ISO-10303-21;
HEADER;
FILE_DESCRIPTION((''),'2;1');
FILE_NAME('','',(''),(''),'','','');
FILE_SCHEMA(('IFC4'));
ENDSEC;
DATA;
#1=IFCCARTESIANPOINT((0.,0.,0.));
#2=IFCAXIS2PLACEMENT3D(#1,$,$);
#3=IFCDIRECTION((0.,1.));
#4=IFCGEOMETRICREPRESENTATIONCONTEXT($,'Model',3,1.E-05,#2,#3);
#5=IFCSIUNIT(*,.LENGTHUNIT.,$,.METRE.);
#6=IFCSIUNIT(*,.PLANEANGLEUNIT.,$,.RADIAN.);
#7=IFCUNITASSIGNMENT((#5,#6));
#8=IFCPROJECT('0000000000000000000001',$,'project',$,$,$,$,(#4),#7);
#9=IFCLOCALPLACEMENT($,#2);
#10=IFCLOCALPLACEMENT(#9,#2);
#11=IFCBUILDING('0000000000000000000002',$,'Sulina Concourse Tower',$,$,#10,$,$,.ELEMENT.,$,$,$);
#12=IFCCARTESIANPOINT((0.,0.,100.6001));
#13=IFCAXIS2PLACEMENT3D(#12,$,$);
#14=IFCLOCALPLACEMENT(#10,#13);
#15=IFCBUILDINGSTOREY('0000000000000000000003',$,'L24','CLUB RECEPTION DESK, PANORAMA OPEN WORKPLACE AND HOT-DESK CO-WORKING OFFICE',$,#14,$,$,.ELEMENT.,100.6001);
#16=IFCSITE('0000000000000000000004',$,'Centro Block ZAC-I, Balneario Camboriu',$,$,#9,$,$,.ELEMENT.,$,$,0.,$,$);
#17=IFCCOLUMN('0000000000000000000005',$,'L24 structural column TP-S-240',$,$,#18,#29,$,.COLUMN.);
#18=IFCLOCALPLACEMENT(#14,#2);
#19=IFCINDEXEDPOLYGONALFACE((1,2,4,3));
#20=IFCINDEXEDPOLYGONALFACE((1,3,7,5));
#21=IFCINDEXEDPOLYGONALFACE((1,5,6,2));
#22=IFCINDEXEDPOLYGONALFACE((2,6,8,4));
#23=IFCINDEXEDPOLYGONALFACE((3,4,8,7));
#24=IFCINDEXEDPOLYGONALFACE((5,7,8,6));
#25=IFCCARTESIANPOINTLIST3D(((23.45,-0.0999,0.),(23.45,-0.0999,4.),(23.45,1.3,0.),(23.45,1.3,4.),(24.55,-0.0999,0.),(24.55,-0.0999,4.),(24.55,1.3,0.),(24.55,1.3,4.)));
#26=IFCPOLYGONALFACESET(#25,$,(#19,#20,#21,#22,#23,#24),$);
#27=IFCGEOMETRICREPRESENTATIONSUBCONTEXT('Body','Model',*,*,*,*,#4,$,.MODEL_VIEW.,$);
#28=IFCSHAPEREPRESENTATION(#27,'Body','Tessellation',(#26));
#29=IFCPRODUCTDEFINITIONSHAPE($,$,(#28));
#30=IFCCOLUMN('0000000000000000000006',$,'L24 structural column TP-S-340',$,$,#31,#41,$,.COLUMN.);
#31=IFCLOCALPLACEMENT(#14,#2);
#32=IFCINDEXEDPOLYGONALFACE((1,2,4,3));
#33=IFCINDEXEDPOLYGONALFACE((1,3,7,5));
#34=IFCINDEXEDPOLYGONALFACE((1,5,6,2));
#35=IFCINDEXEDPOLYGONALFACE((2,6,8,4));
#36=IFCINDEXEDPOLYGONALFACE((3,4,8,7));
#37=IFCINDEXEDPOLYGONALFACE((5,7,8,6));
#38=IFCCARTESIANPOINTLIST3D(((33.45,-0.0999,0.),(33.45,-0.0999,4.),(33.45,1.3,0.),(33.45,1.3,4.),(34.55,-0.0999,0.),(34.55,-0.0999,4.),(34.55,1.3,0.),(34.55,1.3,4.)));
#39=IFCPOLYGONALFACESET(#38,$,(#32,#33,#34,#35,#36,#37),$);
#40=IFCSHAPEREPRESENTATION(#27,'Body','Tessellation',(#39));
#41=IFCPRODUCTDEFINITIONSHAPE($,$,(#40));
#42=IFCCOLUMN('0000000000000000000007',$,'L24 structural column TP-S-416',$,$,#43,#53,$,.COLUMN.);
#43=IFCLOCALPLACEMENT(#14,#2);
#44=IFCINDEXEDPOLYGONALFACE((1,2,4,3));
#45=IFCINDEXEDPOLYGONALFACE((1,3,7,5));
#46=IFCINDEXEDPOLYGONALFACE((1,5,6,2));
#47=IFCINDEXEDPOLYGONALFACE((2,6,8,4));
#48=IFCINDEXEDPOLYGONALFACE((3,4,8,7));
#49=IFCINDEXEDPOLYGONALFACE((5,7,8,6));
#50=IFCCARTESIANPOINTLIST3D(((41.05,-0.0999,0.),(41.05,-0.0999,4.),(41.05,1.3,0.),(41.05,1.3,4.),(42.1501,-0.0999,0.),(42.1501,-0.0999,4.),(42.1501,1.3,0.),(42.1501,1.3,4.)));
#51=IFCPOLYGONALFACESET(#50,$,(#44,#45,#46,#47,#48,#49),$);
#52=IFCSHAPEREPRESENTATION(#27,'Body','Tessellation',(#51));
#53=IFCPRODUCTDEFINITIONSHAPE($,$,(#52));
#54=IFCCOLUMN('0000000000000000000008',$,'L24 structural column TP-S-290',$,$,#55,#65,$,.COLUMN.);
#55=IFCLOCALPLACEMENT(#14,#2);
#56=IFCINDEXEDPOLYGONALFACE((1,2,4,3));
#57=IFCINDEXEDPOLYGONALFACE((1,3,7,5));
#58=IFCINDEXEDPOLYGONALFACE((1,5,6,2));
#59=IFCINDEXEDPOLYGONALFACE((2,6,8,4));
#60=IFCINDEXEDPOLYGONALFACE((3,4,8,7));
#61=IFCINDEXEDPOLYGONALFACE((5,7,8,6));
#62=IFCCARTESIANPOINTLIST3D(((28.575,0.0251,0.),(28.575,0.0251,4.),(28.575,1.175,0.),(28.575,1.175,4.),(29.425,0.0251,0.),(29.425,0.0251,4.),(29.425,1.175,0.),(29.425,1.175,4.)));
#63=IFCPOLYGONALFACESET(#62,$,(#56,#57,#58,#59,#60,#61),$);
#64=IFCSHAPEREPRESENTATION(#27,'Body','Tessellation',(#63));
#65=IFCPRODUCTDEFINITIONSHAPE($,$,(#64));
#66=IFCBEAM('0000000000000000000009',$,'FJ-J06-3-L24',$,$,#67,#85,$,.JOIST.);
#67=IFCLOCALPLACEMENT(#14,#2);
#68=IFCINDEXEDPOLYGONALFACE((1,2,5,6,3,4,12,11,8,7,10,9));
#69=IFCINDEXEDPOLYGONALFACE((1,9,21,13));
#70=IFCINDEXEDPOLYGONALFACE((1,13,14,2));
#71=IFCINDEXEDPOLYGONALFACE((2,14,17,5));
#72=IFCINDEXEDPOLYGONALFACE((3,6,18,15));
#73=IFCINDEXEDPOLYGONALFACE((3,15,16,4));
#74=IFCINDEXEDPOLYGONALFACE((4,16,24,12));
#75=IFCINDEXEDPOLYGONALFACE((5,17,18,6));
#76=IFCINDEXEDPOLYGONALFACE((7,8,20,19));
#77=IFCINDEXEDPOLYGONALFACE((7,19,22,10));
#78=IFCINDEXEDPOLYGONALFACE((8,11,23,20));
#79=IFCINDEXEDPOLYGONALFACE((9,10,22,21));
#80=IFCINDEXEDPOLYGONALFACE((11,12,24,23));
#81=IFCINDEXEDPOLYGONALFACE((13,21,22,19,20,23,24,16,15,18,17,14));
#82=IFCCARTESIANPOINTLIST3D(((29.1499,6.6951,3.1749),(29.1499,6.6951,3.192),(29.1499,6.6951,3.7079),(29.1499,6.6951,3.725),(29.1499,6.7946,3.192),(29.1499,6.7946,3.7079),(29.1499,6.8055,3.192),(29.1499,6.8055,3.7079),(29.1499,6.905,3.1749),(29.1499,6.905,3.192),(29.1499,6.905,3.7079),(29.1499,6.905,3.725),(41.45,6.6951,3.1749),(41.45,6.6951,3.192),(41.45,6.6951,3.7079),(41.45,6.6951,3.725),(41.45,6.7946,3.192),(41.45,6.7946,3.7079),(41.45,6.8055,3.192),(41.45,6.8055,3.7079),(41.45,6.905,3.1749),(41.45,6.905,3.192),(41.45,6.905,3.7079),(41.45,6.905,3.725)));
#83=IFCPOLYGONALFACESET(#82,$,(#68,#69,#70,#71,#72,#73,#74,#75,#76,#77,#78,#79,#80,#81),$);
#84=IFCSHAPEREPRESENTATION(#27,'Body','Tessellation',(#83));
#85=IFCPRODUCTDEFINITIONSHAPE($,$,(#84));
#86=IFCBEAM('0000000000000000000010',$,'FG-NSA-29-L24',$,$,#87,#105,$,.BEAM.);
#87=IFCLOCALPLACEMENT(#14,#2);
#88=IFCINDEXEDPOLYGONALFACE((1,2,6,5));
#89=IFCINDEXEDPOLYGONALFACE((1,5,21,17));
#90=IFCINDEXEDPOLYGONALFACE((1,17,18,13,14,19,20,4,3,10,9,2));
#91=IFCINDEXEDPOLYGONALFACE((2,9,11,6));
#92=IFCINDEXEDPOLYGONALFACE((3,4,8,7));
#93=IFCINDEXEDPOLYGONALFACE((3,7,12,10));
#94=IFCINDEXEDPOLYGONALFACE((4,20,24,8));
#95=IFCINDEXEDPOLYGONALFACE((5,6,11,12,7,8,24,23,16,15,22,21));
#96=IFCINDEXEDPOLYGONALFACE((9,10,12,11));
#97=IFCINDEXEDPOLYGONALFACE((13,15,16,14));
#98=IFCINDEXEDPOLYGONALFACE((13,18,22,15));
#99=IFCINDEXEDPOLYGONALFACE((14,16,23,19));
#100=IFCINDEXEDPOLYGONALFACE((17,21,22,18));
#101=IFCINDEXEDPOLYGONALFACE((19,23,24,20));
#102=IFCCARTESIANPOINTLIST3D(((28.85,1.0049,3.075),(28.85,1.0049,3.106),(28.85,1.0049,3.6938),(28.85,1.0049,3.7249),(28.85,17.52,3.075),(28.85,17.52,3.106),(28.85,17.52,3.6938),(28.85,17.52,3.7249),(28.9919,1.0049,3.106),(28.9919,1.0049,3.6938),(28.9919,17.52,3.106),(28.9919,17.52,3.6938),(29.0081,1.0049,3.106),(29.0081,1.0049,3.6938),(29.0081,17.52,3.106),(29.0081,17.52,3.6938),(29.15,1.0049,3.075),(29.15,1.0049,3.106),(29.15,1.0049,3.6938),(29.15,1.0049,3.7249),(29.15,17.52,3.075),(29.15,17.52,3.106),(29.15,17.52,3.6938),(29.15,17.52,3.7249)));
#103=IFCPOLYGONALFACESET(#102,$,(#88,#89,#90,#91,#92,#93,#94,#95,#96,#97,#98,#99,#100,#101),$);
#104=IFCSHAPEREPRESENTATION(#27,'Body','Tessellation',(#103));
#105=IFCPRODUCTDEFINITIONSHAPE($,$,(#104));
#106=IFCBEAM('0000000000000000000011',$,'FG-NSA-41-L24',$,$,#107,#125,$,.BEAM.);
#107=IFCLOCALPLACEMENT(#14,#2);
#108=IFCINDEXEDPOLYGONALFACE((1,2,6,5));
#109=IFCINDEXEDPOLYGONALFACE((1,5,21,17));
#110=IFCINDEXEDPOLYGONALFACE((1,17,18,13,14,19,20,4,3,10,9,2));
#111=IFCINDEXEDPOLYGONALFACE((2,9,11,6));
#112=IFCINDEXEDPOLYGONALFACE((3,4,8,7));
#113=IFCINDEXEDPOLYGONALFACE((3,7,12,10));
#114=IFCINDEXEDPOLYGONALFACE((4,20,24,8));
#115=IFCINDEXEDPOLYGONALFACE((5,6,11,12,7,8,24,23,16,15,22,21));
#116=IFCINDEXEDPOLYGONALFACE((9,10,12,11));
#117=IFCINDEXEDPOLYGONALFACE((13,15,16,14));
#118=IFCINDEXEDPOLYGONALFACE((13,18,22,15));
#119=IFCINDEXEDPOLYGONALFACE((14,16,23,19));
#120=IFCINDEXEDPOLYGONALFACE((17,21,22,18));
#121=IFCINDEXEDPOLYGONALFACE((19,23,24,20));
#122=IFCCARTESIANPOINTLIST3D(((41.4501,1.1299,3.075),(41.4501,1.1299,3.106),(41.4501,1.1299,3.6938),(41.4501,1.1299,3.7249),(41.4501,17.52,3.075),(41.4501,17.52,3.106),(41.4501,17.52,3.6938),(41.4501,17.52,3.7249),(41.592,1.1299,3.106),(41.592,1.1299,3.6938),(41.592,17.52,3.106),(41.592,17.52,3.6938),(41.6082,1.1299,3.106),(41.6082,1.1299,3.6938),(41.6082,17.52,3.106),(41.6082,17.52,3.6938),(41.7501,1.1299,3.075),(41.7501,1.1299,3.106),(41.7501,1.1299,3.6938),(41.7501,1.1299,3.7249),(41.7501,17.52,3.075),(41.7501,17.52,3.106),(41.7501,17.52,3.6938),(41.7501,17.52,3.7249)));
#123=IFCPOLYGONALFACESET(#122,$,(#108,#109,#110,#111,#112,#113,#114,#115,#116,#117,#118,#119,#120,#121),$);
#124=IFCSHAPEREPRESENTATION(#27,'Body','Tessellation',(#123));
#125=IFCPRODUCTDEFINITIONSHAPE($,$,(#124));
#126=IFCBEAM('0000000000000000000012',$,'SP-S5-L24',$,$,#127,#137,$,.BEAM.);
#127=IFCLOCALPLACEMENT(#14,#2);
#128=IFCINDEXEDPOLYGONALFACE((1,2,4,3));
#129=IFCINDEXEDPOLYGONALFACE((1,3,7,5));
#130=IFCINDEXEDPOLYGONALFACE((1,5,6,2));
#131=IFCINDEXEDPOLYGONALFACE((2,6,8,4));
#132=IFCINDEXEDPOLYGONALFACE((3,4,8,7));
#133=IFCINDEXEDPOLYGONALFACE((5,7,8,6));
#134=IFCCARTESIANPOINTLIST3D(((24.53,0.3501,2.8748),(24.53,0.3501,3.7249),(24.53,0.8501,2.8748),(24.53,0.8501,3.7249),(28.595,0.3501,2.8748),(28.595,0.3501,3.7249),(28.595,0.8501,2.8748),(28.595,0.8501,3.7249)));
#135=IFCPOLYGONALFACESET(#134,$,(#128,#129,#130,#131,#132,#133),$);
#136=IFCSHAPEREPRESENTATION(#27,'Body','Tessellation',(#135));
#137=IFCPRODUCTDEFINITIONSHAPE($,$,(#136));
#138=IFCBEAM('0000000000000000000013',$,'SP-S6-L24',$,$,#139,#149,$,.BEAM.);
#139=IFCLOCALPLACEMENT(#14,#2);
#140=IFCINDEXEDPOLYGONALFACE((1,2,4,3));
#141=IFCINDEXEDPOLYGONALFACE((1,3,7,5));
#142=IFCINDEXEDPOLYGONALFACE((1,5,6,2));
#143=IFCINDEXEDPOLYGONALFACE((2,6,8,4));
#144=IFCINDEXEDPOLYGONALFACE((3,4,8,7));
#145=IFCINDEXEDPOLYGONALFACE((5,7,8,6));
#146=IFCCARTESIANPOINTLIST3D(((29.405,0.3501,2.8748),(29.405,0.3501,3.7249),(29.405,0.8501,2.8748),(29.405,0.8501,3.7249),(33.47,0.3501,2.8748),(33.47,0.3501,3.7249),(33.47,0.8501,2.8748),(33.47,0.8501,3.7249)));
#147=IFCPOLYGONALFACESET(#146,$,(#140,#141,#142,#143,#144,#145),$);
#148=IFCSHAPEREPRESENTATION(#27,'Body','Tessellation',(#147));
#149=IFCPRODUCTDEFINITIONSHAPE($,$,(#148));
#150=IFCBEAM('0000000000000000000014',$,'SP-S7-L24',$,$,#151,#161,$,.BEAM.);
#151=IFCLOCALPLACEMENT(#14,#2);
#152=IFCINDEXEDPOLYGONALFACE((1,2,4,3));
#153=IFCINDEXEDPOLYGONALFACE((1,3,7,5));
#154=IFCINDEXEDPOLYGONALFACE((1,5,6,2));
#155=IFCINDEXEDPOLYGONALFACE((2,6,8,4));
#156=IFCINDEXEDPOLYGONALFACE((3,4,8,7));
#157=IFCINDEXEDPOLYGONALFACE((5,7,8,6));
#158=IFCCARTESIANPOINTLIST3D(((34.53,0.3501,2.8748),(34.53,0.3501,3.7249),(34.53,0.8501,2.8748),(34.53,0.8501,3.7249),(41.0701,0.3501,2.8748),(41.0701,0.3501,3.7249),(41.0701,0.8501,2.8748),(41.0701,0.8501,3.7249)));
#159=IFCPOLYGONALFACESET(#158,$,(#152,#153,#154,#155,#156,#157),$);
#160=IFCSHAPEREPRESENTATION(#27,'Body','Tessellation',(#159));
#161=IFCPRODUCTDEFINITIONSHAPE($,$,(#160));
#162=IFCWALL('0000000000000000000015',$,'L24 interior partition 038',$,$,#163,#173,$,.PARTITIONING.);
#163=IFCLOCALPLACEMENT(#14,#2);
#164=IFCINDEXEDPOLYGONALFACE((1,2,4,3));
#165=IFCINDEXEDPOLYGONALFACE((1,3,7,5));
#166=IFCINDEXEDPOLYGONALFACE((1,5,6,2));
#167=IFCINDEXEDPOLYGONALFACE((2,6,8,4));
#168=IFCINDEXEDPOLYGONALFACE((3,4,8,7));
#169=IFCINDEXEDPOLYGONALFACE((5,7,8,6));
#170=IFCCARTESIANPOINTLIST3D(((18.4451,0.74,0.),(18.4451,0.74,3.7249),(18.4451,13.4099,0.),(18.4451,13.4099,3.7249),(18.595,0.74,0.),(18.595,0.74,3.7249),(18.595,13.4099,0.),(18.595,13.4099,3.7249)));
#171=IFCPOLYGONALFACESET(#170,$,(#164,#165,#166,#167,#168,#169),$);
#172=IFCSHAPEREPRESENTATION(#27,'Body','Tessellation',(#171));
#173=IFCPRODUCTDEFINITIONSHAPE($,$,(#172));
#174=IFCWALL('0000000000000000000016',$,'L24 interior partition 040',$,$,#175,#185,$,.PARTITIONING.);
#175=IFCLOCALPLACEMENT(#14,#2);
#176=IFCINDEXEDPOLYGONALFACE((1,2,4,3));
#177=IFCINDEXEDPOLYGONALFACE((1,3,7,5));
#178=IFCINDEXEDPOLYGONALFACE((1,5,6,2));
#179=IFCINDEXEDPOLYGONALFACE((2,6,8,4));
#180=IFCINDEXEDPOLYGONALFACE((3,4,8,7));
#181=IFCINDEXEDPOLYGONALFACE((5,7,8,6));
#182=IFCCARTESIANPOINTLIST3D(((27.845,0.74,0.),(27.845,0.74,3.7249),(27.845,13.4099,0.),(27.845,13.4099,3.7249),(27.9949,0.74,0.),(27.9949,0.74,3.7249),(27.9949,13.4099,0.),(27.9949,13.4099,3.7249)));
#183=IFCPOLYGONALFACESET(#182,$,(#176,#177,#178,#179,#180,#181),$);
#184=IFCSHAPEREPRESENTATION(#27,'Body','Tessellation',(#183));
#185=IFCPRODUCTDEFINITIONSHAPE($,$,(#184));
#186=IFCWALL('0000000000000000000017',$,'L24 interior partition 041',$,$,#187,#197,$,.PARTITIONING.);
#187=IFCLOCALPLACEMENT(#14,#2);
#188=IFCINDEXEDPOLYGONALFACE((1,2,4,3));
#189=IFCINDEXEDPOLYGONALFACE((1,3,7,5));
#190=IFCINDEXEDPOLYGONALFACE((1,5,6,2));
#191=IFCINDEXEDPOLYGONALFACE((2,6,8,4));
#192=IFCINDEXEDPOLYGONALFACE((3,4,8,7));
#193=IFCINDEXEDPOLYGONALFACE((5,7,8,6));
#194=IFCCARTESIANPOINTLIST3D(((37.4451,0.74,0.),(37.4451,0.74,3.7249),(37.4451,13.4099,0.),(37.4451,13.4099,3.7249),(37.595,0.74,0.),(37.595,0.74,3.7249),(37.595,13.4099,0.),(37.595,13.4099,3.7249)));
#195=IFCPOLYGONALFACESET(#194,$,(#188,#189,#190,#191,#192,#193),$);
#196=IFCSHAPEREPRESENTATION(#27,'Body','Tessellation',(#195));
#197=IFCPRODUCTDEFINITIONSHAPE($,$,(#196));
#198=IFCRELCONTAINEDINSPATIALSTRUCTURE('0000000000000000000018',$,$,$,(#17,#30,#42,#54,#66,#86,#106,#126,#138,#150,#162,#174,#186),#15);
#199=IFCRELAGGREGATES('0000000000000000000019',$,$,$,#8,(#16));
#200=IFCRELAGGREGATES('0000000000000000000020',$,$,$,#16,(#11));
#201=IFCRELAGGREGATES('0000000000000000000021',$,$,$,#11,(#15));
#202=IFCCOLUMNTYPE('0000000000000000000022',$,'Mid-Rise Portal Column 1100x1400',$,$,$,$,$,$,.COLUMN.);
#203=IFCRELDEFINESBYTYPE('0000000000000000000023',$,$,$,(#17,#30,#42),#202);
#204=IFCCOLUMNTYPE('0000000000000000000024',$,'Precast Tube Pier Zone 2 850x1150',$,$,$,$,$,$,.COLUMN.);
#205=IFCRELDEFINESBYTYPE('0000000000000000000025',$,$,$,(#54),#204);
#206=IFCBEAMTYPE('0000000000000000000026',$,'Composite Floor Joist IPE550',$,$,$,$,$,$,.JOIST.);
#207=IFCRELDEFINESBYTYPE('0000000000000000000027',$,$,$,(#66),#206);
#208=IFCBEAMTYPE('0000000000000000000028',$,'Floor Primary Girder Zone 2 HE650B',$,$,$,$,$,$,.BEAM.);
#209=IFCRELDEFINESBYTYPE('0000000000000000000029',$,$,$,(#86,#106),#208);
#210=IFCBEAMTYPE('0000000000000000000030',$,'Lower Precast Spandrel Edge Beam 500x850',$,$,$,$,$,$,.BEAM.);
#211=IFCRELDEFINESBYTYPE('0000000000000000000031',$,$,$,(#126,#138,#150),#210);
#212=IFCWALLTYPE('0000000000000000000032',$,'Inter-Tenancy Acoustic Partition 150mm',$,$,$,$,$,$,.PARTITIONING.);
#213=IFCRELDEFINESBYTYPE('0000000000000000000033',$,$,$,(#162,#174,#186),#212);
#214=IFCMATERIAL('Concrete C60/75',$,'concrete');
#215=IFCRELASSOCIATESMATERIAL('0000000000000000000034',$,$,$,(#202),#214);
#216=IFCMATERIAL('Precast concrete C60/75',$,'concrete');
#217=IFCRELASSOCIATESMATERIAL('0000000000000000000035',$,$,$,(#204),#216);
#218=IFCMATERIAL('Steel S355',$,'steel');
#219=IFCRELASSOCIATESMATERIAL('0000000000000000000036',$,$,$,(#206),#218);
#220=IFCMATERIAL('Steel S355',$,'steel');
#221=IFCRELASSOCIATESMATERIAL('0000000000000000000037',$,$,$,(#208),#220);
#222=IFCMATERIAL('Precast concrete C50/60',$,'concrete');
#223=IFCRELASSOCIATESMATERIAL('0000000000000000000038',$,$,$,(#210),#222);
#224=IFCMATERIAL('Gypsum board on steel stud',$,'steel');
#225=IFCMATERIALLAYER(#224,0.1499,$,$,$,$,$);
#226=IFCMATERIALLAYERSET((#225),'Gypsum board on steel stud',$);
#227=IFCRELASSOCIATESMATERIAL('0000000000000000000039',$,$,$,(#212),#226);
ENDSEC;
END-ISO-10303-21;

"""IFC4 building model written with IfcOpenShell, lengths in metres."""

from ifc_helpers import new_model, si_unit, direction, frame, frame_2d, origin, origin_2d, place, context, subcontext, project, spatial, rectangle, i_section, extrude, material, layer, layer_set, material_profile, profile_set, type_object, element, save


model = new_model("IFC4")

# Units and contexts
model_context = context("Model", 3, precision=1e-05, world=origin(), true_north=direction((0.0, 1.0)))
body_context = subcontext(model_context, "Body", "Model", "MODEL_VIEW")
ifc_project = project(units=[si_unit("LENGTHUNIT", "METRE"), si_unit("PLANEANGLEUNIT", "RADIAN")], contexts=[model_context])

# Site, building, storey
site_placement = place(None, origin())
site = spatial("IfcSite", under=ifc_project, at=site_placement, Name="Centro Block ZAC-I, Balneario Camboriu", CompositionType="ELEMENT", RefElevation=0.0)
building_placement = place(site_placement, origin())
building = spatial("IfcBuilding", under=site, at=building_placement, Name="Sulina Concourse Tower", CompositionType="ELEMENT")
storey_placement = place(building_placement, frame((0.0, 0.0, 100.6001)))
storey = spatial("IfcBuildingStorey", under=building, at=storey_placement, Name="L24", Description="CLUB RECEPTION DESK, PANORAMA OPEN WORKPLACE AND HOT-DESK CO-WORKING OFFICE", CompositionType="ELEMENT", Elevation=100.6001)

# Columns
ifc_material_1 = material(Name="Concrete C60/75", Category="concrete")
ifc_material_profile_1 = material_profile(ifc_material_1, rectangle(XDim=1.1001, YDim=1.3999, at=origin_2d()), Name="RC 1100x1400")
ifc_profile_set_1 = profile_set([ifc_material_profile_1], Name="Concrete C60/75")
column_type_1 = type_object("IfcColumnType", Name="Mid-Rise Portal Column 1100x1400", PredefinedType="COLUMN", material=ifc_profile_set_1)
for number, where, z_axis, x_axis, name in (
    (1, (24.0, 0.6001, 0.0), (0.0, 0.0, 1.0), (1.0, 0.0, 0.0), "L24 structural column TP-S-240"),
    (2, (34.0, 0.6001, 0.0), (0.0, 0.0, 1.0), (1.0, 0.0, 0.0), "L24 structural column TP-S-340"),
    (3, (41.6001, 0.6001, 0.0), (0.0, 0.0, 1.0), (1.0, 0.0, 0.0), "L24 structural column TP-S-416"),
):
    element("IfcColumn", number, at=place(storey_placement, frame(where, z_axis=z_axis, x_axis=x_axis)), inside=storey, type_object=column_type_1, Name=name, PredefinedType="COLUMN", context=body_context, shape_type="SweptSolid", body=[
        extrude(rectangle(XDim=1.1001, YDim=1.3999, at=origin_2d()), origin(), (0.0, 0.0, 1.0), 4.0),
    ])
ifc_material_2 = material(Name="Precast concrete C60/75", Category="concrete")
ifc_material_profile_2 = material_profile(ifc_material_2, rectangle(XDim=0.8501, YDim=1.1499, at=origin_2d()), Name="PC 850x1150")
ifc_profile_set_2 = profile_set([ifc_material_profile_2], Name="Precast concrete C60/75")
column_type_2 = type_object("IfcColumnType", Name="Precast Tube Pier Zone 2 850x1150", PredefinedType="COLUMN", material=ifc_profile_set_2)
column_placement = place(storey_placement, frame((29.0, 0.6001, 0.0), z_axis=(0.0, 0.0, 1.0), x_axis=(1.0, 0.0, 0.0)))
element("IfcColumn", 4, at=column_placement, inside=storey, type_object=column_type_2, Name="L24 structural column TP-S-290", PredefinedType="COLUMN", context=body_context, shape_type="SweptSolid", body=[
    extrude(rectangle(XDim=0.8501, YDim=1.1499, at=origin_2d()), origin(), (0.0, 0.0, 1.0), 4.0),
])

# Beams
ifc_material_3 = material(Name="Steel S355", Category="steel")
ifc_material_profile_3 = material_profile(ifc_material_3, i_section(OverallWidth=0.21, OverallDepth=0.55, WebThickness=0.011, FlangeThickness=0.0171, at=origin_2d()), Name="IPE 550")
ifc_profile_set_3 = profile_set([ifc_material_profile_3], Name="Steel S355")
beam_type_1 = type_object("IfcBeamType", Name="Composite Floor Joist IPE550", PredefinedType="JOIST", material=ifc_profile_set_3)
beam_1_placement = place(storey_placement, frame((29.1499, 6.8, 3.45), z_axis=(1.0, 0.0, 0.0), x_axis=(0.0, 1.0, 0.0)))
element("IfcBeam", 5, at=beam_1_placement, inside=storey, type_object=beam_type_1, Name="FJ-J06-3-L24", PredefinedType="JOIST", context=body_context, shape_type="SweptSolid", body=[
    extrude(i_section(OverallWidth=0.21, OverallDepth=0.55, WebThickness=0.011, FlangeThickness=0.0171, at=origin_2d()), origin(), (0.0, 0.0, 1.0), 12.3),
])
ifc_material_4 = material(Name="Steel S355", Category="steel")
ifc_material_profile_4 = material_profile(ifc_material_4, i_section(OverallWidth=0.3, OverallDepth=0.6499, WebThickness=0.0161, FlangeThickness=0.031, at=origin_2d()), Name="HE 650 B")
ifc_profile_set_4 = profile_set([ifc_material_profile_4], Name="Steel S355")
beam_type_2 = type_object("IfcBeamType", Name="Floor Primary Girder Zone 2 HE650B", PredefinedType="BEAM", material=ifc_profile_set_4)
beam_2_placement = place(storey_placement, frame((29.0, 1.0049, 3.3999), z_axis=(0.0, 1.0, 0.0), x_axis=(-1.0, 0.0, 0.0)))
element("IfcBeam", 6, at=beam_2_placement, inside=storey, type_object=beam_type_2, Name="FG-NSA-29-L24", PredefinedType="BEAM", context=body_context, shape_type="SweptSolid", body=[
    extrude(i_section(OverallWidth=0.3, OverallDepth=0.6499, WebThickness=0.0161, FlangeThickness=0.031, at=origin_2d()), origin(), (0.0, 0.0, 1.0), 16.5151),
])
beam_3_placement = place(storey_placement, frame((41.6001, 1.1299, 3.3999), z_axis=(0.0, 1.0, 0.0), x_axis=(-1.0, 0.0, 0.0)))
element("IfcBeam", 7, at=beam_3_placement, inside=storey, type_object=beam_type_2, Name="FG-NSA-41-L24", PredefinedType="BEAM", context=body_context, shape_type="SweptSolid", body=[
    extrude(i_section(OverallWidth=0.3, OverallDepth=0.6499, WebThickness=0.0161, FlangeThickness=0.031, at=origin_2d()), origin(), (0.0, 0.0, 1.0), 16.3901),
])
ifc_material_5 = material(Name="Precast concrete C50/60", Category="concrete")
ifc_material_profile_5 = material_profile(ifc_material_5, rectangle(XDim=0.5, YDim=0.8501, at=origin_2d()), Name="RC 500x850")
ifc_profile_set_5 = profile_set([ifc_material_profile_5], Name="Precast concrete C50/60")
beam_type_3 = type_object("IfcBeamType", Name="Lower Precast Spandrel Edge Beam 500x850", PredefinedType="BEAM", material=ifc_profile_set_5)
for number, where, z_axis, x_axis, name in (
    (8, (24.53, 0.6001, 3.2998), (1.0, 0.0, 0.0), (0.0, 1.0, 0.0), "SP-S5-L24"),
    (9, (29.405, 0.6001, 3.2998), (1.0, 0.0, 0.0), (0.0, 1.0, 0.0), "SP-S6-L24"),
):
    element("IfcBeam", number, at=place(storey_placement, frame(where, z_axis=z_axis, x_axis=x_axis)), inside=storey, type_object=beam_type_3, Name=name, PredefinedType="BEAM", context=body_context, shape_type="SweptSolid", body=[
        extrude(rectangle(XDim=0.5, YDim=0.8501, at=origin_2d()), origin(), (0.0, 0.0, 1.0), 4.0649),
    ])
beam_4_placement = place(storey_placement, frame((34.53, 0.6001, 3.2998), z_axis=(1.0, 0.0, 0.0), x_axis=(0.0, 1.0, 0.0)))
element("IfcBeam", 10, at=beam_4_placement, inside=storey, type_object=beam_type_3, Name="SP-S7-L24", PredefinedType="BEAM", context=body_context, shape_type="SweptSolid", body=[
    extrude(rectangle(XDim=0.5, YDim=0.8501, at=origin_2d()), origin(), (0.0, 0.0, 1.0), 6.54),
])

# Walls
ifc_material_6 = material(Name="Gypsum board on steel stud", Category="steel")
ifc_layer_1 = layer(ifc_material_6, 0.1499)
ifc_layer_set_1 = layer_set([ifc_layer_1], Name="Gypsum board on steel stud")
wall_type_1 = type_object("IfcWallType", Name="Inter-Tenancy Acoustic Partition 150mm", PredefinedType="PARTITIONING", material=ifc_layer_set_1)
for number, where, z_axis, x_axis, name in (
    (11, (18.52, 0.74, 0.0), (0.0, 0.0, 1.0), (0.0, 1.0, 0.0), "L24 interior partition 038"),
    (12, (27.9199, 0.74, 0.0), (0.0, 0.0, 1.0), (0.0, 1.0, 0.0), "L24 interior partition 040"),
    (13, (37.52, 0.74, 0.0), (0.0, 0.0, 1.0), (0.0, 1.0, 0.0), "L24 interior partition 041"),
):
    element("IfcWall", number, at=place(storey_placement, frame(where, z_axis=z_axis, x_axis=x_axis)), inside=storey, type_object=wall_type_1, Name=name, PredefinedType="PARTITIONING", context=body_context, shape_type="SweptSolid", body=[
        extrude(rectangle(XDim=12.6699, YDim=0.1499, at=frame_2d((6.335, 0.0))), origin(), (0.0, 0.0, 1.0), 3.7249),
    ])

save(model, "model.ifc")
